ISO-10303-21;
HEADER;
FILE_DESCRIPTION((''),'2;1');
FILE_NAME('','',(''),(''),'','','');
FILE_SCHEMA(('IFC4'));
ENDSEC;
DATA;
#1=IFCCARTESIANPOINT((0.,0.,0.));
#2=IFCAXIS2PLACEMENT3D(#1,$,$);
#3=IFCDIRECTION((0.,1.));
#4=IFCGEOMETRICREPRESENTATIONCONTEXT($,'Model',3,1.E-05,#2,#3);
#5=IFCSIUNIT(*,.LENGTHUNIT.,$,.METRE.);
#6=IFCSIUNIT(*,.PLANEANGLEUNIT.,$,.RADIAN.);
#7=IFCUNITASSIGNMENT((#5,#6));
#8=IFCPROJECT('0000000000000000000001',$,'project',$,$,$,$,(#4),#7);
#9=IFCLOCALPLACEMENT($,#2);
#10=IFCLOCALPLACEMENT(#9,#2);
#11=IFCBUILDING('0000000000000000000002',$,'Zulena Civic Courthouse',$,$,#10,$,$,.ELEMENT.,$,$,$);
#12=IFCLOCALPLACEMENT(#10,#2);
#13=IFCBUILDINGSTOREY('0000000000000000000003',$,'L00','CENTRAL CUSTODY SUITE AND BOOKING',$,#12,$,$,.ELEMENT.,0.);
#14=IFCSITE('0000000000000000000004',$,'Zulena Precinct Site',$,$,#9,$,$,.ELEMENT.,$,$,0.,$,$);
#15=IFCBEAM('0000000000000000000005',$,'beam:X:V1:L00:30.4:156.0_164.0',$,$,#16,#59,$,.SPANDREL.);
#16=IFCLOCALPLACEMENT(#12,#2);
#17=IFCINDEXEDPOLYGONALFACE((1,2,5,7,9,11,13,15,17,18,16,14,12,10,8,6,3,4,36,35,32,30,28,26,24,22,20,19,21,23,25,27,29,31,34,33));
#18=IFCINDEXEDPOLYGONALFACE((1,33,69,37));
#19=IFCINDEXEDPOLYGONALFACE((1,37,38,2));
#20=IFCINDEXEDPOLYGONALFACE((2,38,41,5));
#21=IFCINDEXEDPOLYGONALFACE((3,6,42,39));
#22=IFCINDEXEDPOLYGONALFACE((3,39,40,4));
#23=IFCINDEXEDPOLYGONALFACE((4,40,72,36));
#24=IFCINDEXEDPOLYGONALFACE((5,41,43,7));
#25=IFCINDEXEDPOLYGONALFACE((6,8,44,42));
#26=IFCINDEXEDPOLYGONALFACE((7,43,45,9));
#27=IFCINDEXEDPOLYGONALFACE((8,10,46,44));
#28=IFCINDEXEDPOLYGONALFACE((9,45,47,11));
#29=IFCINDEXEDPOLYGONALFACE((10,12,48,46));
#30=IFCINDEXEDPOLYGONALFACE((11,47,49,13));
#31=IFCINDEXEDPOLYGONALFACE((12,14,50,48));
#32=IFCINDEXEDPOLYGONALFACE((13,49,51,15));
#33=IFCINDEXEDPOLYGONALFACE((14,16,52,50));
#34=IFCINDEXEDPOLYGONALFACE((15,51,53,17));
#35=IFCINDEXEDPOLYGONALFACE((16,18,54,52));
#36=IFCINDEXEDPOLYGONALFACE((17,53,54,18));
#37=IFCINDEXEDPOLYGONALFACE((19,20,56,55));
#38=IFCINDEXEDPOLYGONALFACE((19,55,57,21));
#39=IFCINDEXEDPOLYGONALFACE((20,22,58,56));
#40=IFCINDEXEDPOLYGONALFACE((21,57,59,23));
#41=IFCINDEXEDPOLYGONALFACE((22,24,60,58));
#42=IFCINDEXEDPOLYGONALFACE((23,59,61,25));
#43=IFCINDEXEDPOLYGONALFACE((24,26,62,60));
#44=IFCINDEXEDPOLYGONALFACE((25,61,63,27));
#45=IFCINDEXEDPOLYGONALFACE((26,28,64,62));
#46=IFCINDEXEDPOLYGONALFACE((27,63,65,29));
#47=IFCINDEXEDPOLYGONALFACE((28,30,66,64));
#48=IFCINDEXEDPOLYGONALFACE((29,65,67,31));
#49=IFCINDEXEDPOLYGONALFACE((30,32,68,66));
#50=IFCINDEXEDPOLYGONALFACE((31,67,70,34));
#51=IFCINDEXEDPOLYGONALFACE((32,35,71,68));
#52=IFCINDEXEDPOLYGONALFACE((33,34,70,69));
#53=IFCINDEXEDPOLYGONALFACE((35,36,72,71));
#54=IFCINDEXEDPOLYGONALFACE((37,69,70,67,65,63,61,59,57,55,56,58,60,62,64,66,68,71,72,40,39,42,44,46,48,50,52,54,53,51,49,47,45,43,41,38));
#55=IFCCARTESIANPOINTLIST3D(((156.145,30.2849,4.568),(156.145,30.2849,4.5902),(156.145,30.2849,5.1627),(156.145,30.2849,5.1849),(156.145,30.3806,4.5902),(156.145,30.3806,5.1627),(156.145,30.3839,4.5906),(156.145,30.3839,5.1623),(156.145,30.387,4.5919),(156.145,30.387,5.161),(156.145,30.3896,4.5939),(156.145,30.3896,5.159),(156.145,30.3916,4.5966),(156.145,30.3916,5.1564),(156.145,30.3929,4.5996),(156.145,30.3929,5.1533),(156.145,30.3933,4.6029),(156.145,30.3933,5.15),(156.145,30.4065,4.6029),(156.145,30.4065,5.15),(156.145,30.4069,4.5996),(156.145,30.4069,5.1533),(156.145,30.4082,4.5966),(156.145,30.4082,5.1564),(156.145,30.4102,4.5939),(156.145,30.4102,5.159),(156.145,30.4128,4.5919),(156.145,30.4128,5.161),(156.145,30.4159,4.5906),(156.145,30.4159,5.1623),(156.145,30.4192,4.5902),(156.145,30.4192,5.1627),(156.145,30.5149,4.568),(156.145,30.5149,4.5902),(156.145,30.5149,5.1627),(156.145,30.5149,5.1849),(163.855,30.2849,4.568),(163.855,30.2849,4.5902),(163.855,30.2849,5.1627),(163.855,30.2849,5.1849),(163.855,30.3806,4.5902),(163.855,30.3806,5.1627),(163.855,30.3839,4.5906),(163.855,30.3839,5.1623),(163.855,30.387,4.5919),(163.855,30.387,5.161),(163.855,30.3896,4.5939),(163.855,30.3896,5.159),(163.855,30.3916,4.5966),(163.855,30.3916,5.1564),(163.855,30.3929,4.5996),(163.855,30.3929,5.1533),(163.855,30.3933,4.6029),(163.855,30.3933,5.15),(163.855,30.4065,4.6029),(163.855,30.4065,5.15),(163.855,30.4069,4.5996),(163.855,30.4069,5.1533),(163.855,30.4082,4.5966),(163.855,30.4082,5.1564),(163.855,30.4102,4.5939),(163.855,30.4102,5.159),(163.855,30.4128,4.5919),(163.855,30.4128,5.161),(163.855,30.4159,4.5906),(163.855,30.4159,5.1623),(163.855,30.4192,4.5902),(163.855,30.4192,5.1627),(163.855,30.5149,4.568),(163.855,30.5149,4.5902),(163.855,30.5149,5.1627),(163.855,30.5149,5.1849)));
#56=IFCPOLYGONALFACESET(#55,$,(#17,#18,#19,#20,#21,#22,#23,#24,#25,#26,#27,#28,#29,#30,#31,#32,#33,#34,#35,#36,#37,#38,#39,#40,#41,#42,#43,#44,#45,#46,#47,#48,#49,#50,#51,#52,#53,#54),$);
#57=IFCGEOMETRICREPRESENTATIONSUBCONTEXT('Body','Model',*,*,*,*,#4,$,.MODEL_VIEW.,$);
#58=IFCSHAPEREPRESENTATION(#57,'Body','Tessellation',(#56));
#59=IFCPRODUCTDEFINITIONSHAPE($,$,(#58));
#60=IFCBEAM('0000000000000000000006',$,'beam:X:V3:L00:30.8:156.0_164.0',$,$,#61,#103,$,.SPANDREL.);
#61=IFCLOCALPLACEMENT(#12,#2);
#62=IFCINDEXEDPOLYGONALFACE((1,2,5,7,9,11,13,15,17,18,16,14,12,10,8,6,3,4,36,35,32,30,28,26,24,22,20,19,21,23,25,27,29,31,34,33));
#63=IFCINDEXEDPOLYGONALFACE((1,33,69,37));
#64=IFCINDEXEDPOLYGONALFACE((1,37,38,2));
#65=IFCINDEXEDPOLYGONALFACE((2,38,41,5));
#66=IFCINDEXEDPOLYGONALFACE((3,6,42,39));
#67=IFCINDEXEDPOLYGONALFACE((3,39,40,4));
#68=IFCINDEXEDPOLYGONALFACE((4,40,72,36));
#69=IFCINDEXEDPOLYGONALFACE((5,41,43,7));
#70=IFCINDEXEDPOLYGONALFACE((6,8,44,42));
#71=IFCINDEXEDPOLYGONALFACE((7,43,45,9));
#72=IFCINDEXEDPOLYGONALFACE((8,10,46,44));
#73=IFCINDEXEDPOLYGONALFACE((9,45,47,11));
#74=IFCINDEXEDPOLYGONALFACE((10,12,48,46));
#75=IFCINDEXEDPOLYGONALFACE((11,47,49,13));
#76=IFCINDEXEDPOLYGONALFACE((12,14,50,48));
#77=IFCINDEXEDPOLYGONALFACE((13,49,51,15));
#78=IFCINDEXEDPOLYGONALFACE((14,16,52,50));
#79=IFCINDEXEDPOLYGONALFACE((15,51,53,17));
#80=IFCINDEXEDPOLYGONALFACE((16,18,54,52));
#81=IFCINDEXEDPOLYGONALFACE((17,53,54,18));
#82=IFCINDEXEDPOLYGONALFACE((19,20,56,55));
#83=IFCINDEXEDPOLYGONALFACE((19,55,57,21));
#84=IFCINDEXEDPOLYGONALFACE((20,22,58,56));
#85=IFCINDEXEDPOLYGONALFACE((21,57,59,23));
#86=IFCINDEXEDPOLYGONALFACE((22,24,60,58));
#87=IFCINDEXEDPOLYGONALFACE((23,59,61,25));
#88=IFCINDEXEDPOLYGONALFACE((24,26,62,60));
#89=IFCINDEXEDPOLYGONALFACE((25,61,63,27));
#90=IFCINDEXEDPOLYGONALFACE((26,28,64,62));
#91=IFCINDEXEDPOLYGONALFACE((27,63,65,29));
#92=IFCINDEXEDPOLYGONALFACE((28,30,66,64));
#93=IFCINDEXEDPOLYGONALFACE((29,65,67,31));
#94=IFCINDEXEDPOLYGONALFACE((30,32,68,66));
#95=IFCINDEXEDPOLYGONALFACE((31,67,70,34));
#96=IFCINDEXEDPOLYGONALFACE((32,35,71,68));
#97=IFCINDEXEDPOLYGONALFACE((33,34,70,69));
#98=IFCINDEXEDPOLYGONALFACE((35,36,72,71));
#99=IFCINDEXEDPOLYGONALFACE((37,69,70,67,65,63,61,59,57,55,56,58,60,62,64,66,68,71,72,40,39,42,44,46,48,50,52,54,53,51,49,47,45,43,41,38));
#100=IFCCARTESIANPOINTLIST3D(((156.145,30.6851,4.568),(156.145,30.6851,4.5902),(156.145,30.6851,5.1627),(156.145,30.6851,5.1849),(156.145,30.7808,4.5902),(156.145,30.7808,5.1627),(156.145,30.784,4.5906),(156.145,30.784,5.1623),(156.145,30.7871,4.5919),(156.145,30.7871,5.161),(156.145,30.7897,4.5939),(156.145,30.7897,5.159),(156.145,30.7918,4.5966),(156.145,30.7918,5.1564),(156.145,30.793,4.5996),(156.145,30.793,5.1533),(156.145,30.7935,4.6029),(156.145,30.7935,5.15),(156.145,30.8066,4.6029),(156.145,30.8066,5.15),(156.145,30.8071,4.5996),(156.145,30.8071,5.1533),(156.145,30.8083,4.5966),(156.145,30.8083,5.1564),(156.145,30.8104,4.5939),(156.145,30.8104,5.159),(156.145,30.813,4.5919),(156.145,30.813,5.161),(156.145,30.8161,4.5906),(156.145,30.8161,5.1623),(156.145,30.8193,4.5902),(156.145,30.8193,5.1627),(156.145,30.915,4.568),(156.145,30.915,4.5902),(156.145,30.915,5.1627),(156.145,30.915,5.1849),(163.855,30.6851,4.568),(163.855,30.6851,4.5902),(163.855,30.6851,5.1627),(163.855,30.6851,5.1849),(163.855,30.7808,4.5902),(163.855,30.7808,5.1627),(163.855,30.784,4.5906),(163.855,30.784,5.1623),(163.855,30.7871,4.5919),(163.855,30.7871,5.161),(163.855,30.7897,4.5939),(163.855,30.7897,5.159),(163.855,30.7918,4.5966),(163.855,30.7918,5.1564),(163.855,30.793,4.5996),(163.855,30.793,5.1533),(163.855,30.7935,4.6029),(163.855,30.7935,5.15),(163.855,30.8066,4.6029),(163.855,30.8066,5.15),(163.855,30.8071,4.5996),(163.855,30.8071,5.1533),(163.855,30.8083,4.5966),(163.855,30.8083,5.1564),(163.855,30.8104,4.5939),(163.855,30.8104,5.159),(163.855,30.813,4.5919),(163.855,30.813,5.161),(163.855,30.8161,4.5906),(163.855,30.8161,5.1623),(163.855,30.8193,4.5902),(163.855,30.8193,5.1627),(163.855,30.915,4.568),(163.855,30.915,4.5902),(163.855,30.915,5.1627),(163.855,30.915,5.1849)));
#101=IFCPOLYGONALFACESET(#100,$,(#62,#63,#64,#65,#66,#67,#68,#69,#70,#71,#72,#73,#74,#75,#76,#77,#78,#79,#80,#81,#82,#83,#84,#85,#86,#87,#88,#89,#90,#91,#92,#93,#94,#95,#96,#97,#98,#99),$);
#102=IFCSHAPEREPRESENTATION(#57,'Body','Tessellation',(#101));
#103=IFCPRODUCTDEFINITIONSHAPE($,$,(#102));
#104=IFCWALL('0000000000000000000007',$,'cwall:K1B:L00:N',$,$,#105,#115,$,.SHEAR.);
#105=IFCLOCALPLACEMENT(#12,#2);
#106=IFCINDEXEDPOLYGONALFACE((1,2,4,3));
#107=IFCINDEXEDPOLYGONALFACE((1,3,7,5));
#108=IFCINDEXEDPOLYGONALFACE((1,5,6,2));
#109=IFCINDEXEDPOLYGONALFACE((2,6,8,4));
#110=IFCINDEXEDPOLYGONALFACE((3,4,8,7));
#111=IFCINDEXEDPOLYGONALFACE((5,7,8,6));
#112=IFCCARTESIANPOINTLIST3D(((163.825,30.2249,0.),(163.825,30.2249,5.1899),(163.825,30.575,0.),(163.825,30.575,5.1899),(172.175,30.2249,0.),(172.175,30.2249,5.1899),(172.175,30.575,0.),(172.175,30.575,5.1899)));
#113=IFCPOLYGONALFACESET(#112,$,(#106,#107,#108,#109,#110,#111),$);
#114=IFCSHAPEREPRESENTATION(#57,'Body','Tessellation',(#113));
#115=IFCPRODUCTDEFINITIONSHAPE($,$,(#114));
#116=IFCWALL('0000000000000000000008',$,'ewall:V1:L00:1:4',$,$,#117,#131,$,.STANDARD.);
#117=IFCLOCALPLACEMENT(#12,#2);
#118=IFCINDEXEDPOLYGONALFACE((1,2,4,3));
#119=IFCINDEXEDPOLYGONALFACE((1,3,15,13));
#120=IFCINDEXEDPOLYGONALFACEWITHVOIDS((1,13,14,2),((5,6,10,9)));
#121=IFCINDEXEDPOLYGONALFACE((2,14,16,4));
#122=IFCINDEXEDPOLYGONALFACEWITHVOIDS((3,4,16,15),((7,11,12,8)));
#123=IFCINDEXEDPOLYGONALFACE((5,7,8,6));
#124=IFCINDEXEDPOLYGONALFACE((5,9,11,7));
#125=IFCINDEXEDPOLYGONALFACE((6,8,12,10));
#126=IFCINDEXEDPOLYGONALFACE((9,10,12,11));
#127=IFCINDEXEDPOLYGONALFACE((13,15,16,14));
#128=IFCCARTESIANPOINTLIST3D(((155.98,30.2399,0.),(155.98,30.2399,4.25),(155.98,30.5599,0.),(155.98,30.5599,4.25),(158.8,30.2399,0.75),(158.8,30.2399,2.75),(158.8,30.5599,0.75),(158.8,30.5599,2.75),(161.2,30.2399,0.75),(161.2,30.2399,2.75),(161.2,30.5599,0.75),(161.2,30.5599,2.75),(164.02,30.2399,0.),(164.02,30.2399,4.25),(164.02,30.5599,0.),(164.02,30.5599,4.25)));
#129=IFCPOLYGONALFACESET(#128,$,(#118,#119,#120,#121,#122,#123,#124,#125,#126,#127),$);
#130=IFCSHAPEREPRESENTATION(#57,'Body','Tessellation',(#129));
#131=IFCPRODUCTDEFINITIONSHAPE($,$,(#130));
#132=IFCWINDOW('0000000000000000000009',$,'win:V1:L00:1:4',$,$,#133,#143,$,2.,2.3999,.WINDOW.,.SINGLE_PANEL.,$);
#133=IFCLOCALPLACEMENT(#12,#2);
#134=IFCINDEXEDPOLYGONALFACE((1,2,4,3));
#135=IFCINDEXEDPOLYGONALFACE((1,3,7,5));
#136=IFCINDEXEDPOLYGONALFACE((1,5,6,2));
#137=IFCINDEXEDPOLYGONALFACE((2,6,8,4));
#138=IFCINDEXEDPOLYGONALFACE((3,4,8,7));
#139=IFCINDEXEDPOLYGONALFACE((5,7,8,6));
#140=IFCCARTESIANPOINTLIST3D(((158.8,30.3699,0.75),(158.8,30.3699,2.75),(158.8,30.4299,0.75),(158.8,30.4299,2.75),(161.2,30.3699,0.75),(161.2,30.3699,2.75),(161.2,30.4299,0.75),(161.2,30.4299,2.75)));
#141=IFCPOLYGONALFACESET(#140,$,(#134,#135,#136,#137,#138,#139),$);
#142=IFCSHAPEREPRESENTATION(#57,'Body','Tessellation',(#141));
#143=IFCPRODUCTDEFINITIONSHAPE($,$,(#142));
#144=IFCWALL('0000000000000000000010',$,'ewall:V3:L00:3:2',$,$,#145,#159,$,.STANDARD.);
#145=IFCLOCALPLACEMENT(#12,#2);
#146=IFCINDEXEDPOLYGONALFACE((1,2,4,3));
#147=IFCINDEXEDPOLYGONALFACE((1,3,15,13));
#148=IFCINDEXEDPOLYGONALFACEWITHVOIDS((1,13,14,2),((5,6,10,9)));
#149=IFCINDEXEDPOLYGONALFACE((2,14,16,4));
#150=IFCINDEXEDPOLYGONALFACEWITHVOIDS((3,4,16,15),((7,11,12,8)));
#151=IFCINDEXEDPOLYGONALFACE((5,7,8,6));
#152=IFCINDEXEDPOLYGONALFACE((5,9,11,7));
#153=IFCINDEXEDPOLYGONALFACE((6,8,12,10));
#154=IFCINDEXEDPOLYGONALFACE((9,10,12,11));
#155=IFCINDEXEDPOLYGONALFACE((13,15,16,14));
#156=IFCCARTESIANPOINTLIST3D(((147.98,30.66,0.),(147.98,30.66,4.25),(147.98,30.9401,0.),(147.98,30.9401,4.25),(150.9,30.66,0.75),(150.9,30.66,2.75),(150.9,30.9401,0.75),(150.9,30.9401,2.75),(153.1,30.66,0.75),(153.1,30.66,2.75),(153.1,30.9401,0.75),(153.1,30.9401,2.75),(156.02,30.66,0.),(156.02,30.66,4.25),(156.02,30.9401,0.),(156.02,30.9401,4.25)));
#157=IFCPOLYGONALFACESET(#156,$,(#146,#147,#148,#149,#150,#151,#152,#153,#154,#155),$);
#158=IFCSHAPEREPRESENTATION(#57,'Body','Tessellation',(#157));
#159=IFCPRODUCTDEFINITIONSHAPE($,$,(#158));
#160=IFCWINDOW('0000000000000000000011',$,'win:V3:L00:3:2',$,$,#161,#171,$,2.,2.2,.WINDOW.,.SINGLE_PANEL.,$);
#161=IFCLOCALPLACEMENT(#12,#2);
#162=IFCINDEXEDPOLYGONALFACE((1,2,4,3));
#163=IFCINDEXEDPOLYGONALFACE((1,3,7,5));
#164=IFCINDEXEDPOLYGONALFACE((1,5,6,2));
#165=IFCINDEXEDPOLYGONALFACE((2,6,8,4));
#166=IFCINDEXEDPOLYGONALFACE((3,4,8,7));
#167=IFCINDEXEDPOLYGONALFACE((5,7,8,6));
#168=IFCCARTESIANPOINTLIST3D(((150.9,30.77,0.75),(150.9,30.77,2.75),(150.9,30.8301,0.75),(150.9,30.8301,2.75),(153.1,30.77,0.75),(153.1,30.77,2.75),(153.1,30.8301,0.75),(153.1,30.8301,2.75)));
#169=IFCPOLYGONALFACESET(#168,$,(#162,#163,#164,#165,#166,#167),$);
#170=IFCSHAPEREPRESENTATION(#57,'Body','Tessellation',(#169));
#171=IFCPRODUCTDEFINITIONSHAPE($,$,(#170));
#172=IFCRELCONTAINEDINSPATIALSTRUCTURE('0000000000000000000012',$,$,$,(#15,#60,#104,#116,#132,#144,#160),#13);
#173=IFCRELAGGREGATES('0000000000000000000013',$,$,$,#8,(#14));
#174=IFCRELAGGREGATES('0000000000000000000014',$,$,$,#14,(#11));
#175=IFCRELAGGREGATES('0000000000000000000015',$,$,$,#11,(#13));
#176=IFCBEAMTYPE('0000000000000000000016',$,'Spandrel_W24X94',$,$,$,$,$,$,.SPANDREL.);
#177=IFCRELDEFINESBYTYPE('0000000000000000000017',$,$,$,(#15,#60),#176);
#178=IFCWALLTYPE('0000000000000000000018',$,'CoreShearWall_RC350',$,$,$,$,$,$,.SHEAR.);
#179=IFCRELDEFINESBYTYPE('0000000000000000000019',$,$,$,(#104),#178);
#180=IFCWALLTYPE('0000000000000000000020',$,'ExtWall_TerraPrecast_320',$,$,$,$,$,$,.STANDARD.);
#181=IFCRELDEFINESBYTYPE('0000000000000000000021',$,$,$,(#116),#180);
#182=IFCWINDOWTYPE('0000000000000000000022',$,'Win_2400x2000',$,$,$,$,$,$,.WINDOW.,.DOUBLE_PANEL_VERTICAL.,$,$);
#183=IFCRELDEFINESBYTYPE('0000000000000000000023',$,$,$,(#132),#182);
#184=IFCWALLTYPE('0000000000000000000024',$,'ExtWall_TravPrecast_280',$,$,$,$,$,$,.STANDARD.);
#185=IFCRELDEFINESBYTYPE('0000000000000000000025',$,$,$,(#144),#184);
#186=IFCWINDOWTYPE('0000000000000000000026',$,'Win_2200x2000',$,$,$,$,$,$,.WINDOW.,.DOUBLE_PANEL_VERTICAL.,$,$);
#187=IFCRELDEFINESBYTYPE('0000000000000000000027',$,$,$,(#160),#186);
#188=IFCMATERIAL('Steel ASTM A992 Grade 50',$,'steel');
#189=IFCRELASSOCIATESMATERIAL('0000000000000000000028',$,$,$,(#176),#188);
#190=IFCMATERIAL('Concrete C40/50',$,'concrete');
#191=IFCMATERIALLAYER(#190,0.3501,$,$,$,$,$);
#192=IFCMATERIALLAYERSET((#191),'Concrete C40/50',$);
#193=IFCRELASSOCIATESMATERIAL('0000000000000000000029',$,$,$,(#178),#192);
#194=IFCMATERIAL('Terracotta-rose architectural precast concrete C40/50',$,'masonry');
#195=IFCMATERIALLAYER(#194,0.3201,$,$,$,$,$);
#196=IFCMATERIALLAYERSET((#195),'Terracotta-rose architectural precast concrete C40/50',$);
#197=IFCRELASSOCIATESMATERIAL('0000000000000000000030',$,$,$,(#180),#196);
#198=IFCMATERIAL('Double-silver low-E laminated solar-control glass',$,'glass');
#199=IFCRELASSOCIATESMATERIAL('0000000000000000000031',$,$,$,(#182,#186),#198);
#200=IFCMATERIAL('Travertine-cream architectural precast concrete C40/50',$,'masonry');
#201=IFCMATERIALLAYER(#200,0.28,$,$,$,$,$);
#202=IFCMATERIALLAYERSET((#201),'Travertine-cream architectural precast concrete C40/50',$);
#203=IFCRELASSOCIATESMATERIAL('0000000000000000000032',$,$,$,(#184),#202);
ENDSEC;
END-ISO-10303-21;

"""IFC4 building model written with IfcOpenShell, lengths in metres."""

from ifc_helpers import new_model, si_unit, direction, frame, frame_2d, origin, origin_2d, place, context, subcontext, project, spatial, rectangle, i_section, extrude, material, layer, layer_set, material_profile, profile_set, type_object, element, fill, save


model = new_model("IFC4")

# Units and contexts
model_context = context("Model", 3, precision=1e-05, world=origin(), true_north=direction((0.0, 1.0)))
body_context = subcontext(model_context, "Body", "Model", "MODEL_VIEW")
ifc_project = project(units=[si_unit("LENGTHUNIT", "METRE"), si_unit("PLANEANGLEUNIT", "RADIAN")], contexts=[model_context])

# Site, building, storey
site_placement = place(None, origin())
site = spatial("IfcSite", under=ifc_project, at=site_placement, Name="Zulena Precinct Site", CompositionType="ELEMENT", RefElevation=0.0)
building_placement = place(site_placement, origin())
building = spatial("IfcBuilding", under=site, at=building_placement, Name="Zulena Civic Courthouse", CompositionType="ELEMENT")
storey_placement = place(building_placement, origin())
storey = spatial("IfcBuildingStorey", under=building, at=storey_placement, Name="L00", Description="CENTRAL CUSTODY SUITE AND BOOKING", CompositionType="ELEMENT", Elevation=0.0)

# Shared definitions
ifc_material_1 = material(Name="Concrete C40/50", Category="concrete")

# Shared definitions
ifc_material_2 = material(Name="Steel ASTM A992 Grade 50", Category="steel")

# Beams
ifc_material_profile_1 = material_profile(ifc_material_2, i_section(OverallWidth=0.23, OverallDepth=0.6169, WebThickness=0.0132, FlangeThickness=0.0222, FilletRadius=0.0127, at=origin_2d()), Name="W24X94")
ifc_profile_set_1 = profile_set([ifc_material_profile_1], Name="Steel ASTM A992 Grade 50")
beam_type_1 = type_object("IfcBeamType", Name="Spandrel_W24X94", PredefinedType="SPANDREL", material=ifc_profile_set_1)
for number, where, z_axis, x_axis, name in (
    (1, (156.145, 30.3999, 4.8765), (1.0, 0.0, 0.0), (0.0, 1.0, 0.0), "beam:X:V1:L00:30.4:156.0_164.0"),
    (2, (156.145, 30.8, 4.8765), (1.0, 0.0, 0.0), (0.0, 1.0, 0.0), "beam:X:V3:L00:30.8:156.0_164.0"),
):
    element("IfcBeam", number, at=place(storey_placement, frame(where, z_axis=z_axis, x_axis=x_axis)), inside=storey, type_object=beam_type_1, Name=name, PredefinedType="SPANDREL", context=body_context, shape_type="SweptSolid", body=[
        extrude(i_section(OverallWidth=0.23, OverallDepth=0.6169, WebThickness=0.0132, FlangeThickness=0.0222, FilletRadius=0.0127, at=origin_2d()), origin(), (0.0, 0.0, 1.0), 7.71),
    ])

# Wall
ifc_layer_1 = layer(ifc_material_1, 0.3501)
ifc_layer_set_1 = layer_set([ifc_layer_1], Name="Concrete C40/50")
wall_type_1 = type_object("IfcWallType", Name="CoreShearWall_RC350", PredefinedType="SHEAR", material=ifc_layer_set_1)
wall_1_placement = place(storey_placement, frame((163.825, 30.3999, 0.0), z_axis=(0.0, 0.0, 1.0), x_axis=(1.0, 0.0, 0.0)))
element("IfcWall", 3, at=wall_1_placement, inside=storey, type_object=wall_type_1, Name="cwall:K1B:L00:N", PredefinedType="SHEAR", context=body_context, shape_type="SweptSolid", body=[
    extrude(rectangle(XDim=8.3501, YDim=0.3501, at=frame_2d((4.175, 0.0))), origin(), (0.0, 0.0, 1.0), 5.1899),
])

# Walls, openings, windows
ifc_material_3 = material(Name="Terracotta-rose architectural precast concrete C40/50", Category="masonry")
ifc_layer_2 = layer(ifc_material_3, 0.3201)
ifc_layer_set_2 = layer_set([ifc_layer_2], Name="Terracotta-rose architectural precast concrete C40/50")
wall_type_2 = type_object("IfcWallType", Name="ExtWall_TerraPrecast_320", PredefinedType="STANDARD", material=ifc_layer_set_2)
wall_2_placement = place(storey_placement, frame((155.98, 30.3999, 0.0), z_axis=(0.0, 0.0, 1.0), x_axis=(1.0, 0.0, 0.0)))
wall_2 = element("IfcWall", 4, at=wall_2_placement, inside=storey, type_object=wall_type_2, Name="ewall:V1:L00:1:4", PredefinedType="STANDARD", context=body_context, shape_type="SweptSolid", body=[
    extrude(rectangle(XDim=8.04, YDim=0.3201, at=frame_2d((4.02, 0.0))), origin(), (0.0, 0.0, 1.0), 4.25),
])
opening_1_placement = place(wall_2_placement, frame((2.8201, 0.0, 0.75)))
opening_1 = element("IfcOpeningElement", 5, at=opening_1_placement, cuts=wall_2, PredefinedType="OPENING", context=body_context, shape_type="SweptSolid", body=[
    extrude(rectangle(XDim=2.3999, YDim=2.0, at=frame_2d((1.2, 1.0))), frame((0.0, 0.1699, 0.0), z_axis=(0.0, -1.0, 0.0), x_axis=(1.0, 0.0, 0.0)), (0.0, 0.0, 1.0), 0.3401),
])
ifc_material_4 = material(Name="Double-silver low-E laminated solar-control glass", Category="glass")
window_type_1 = type_object("IfcWindowType", Name="Win_2400x2000", PartitioningType="DOUBLE_PANEL_VERTICAL", PredefinedType="WINDOW", material=ifc_material_4)
window_1_placement = place(opening_1_placement, origin())
window_1 = element("IfcWindow", 6, at=window_1_placement, inside=storey, type_object=window_type_1, Name="win:V1:L00:1:4", OverallHeight=2.0, OverallWidth=2.3999, PartitioningType="SINGLE_PANEL", PredefinedType="WINDOW", context=body_context, shape_type="SweptSolid", body=[
    extrude(rectangle(XDim=2.3999, YDim=2.0, at=frame_2d((1.2, 1.0))), frame((0.0, 0.03, 0.0), z_axis=(0.0, -1.0, 0.0), x_axis=(1.0, 0.0, 0.0)), (0.0, 0.0, 1.0), 0.0601),
])
fill(opening_1, window_1)
ifc_material_5 = material(Name="Travertine-cream architectural precast concrete C40/50", Category="masonry")
ifc_layer_3 = layer(ifc_material_5, 0.28)
ifc_layer_set_3 = layer_set([ifc_layer_3], Name="Travertine-cream architectural precast concrete C40/50")
wall_type_3 = type_object("IfcWallType", Name="ExtWall_TravPrecast_280", PredefinedType="STANDARD", material=ifc_layer_set_3)
wall_3_placement = place(storey_placement, frame((156.02, 30.8, 0.0), z_axis=(0.0, 0.0, 1.0), x_axis=(-1.0, 0.0, 0.0)))
wall_3 = element("IfcWall", 7, at=wall_3_placement, inside=storey, type_object=wall_type_3, Name="ewall:V3:L00:3:2", PredefinedType="STANDARD", context=body_context, shape_type="SweptSolid", body=[
    extrude(rectangle(XDim=8.04, YDim=0.28, at=frame_2d((4.02, 0.0))), origin(), (0.0, 0.0, 1.0), 4.25),
])
opening_2_placement = place(wall_3_placement, frame((2.9199, 0.0, 0.75)))
opening_2 = element("IfcOpeningElement", 8, at=opening_2_placement, cuts=wall_3, PredefinedType="OPENING", context=body_context, shape_type="SweptSolid", body=[
    extrude(rectangle(XDim=2.2, YDim=2.0, at=frame_2d((1.1001, 1.0))), frame((0.0, 0.1499, 0.0), z_axis=(0.0, -1.0, 0.0), x_axis=(1.0, 0.0, 0.0)), (0.0, 0.0, 1.0), 0.3),
])
window_type_2 = type_object("IfcWindowType", Name="Win_2200x2000", PartitioningType="DOUBLE_PANEL_VERTICAL", PredefinedType="WINDOW", material=ifc_material_4)
window_2_placement = place(opening_2_placement, origin())
window_2 = element("IfcWindow", 9, at=window_2_placement, inside=storey, type_object=window_type_2, Name="win:V3:L00:3:2", OverallHeight=2.0, OverallWidth=2.2, PartitioningType="SINGLE_PANEL", PredefinedType="WINDOW", context=body_context, shape_type="SweptSolid", body=[
    extrude(rectangle(XDim=2.2, YDim=2.0, at=frame_2d((1.1001, 1.0))), frame((0.0, 0.03, 0.0), z_axis=(0.0, -1.0, 0.0), x_axis=(1.0, 0.0, 0.0)), (0.0, 0.0, 1.0), 0.0601),
])
fill(opening_2, window_2)

save(model, "model.ifc")
